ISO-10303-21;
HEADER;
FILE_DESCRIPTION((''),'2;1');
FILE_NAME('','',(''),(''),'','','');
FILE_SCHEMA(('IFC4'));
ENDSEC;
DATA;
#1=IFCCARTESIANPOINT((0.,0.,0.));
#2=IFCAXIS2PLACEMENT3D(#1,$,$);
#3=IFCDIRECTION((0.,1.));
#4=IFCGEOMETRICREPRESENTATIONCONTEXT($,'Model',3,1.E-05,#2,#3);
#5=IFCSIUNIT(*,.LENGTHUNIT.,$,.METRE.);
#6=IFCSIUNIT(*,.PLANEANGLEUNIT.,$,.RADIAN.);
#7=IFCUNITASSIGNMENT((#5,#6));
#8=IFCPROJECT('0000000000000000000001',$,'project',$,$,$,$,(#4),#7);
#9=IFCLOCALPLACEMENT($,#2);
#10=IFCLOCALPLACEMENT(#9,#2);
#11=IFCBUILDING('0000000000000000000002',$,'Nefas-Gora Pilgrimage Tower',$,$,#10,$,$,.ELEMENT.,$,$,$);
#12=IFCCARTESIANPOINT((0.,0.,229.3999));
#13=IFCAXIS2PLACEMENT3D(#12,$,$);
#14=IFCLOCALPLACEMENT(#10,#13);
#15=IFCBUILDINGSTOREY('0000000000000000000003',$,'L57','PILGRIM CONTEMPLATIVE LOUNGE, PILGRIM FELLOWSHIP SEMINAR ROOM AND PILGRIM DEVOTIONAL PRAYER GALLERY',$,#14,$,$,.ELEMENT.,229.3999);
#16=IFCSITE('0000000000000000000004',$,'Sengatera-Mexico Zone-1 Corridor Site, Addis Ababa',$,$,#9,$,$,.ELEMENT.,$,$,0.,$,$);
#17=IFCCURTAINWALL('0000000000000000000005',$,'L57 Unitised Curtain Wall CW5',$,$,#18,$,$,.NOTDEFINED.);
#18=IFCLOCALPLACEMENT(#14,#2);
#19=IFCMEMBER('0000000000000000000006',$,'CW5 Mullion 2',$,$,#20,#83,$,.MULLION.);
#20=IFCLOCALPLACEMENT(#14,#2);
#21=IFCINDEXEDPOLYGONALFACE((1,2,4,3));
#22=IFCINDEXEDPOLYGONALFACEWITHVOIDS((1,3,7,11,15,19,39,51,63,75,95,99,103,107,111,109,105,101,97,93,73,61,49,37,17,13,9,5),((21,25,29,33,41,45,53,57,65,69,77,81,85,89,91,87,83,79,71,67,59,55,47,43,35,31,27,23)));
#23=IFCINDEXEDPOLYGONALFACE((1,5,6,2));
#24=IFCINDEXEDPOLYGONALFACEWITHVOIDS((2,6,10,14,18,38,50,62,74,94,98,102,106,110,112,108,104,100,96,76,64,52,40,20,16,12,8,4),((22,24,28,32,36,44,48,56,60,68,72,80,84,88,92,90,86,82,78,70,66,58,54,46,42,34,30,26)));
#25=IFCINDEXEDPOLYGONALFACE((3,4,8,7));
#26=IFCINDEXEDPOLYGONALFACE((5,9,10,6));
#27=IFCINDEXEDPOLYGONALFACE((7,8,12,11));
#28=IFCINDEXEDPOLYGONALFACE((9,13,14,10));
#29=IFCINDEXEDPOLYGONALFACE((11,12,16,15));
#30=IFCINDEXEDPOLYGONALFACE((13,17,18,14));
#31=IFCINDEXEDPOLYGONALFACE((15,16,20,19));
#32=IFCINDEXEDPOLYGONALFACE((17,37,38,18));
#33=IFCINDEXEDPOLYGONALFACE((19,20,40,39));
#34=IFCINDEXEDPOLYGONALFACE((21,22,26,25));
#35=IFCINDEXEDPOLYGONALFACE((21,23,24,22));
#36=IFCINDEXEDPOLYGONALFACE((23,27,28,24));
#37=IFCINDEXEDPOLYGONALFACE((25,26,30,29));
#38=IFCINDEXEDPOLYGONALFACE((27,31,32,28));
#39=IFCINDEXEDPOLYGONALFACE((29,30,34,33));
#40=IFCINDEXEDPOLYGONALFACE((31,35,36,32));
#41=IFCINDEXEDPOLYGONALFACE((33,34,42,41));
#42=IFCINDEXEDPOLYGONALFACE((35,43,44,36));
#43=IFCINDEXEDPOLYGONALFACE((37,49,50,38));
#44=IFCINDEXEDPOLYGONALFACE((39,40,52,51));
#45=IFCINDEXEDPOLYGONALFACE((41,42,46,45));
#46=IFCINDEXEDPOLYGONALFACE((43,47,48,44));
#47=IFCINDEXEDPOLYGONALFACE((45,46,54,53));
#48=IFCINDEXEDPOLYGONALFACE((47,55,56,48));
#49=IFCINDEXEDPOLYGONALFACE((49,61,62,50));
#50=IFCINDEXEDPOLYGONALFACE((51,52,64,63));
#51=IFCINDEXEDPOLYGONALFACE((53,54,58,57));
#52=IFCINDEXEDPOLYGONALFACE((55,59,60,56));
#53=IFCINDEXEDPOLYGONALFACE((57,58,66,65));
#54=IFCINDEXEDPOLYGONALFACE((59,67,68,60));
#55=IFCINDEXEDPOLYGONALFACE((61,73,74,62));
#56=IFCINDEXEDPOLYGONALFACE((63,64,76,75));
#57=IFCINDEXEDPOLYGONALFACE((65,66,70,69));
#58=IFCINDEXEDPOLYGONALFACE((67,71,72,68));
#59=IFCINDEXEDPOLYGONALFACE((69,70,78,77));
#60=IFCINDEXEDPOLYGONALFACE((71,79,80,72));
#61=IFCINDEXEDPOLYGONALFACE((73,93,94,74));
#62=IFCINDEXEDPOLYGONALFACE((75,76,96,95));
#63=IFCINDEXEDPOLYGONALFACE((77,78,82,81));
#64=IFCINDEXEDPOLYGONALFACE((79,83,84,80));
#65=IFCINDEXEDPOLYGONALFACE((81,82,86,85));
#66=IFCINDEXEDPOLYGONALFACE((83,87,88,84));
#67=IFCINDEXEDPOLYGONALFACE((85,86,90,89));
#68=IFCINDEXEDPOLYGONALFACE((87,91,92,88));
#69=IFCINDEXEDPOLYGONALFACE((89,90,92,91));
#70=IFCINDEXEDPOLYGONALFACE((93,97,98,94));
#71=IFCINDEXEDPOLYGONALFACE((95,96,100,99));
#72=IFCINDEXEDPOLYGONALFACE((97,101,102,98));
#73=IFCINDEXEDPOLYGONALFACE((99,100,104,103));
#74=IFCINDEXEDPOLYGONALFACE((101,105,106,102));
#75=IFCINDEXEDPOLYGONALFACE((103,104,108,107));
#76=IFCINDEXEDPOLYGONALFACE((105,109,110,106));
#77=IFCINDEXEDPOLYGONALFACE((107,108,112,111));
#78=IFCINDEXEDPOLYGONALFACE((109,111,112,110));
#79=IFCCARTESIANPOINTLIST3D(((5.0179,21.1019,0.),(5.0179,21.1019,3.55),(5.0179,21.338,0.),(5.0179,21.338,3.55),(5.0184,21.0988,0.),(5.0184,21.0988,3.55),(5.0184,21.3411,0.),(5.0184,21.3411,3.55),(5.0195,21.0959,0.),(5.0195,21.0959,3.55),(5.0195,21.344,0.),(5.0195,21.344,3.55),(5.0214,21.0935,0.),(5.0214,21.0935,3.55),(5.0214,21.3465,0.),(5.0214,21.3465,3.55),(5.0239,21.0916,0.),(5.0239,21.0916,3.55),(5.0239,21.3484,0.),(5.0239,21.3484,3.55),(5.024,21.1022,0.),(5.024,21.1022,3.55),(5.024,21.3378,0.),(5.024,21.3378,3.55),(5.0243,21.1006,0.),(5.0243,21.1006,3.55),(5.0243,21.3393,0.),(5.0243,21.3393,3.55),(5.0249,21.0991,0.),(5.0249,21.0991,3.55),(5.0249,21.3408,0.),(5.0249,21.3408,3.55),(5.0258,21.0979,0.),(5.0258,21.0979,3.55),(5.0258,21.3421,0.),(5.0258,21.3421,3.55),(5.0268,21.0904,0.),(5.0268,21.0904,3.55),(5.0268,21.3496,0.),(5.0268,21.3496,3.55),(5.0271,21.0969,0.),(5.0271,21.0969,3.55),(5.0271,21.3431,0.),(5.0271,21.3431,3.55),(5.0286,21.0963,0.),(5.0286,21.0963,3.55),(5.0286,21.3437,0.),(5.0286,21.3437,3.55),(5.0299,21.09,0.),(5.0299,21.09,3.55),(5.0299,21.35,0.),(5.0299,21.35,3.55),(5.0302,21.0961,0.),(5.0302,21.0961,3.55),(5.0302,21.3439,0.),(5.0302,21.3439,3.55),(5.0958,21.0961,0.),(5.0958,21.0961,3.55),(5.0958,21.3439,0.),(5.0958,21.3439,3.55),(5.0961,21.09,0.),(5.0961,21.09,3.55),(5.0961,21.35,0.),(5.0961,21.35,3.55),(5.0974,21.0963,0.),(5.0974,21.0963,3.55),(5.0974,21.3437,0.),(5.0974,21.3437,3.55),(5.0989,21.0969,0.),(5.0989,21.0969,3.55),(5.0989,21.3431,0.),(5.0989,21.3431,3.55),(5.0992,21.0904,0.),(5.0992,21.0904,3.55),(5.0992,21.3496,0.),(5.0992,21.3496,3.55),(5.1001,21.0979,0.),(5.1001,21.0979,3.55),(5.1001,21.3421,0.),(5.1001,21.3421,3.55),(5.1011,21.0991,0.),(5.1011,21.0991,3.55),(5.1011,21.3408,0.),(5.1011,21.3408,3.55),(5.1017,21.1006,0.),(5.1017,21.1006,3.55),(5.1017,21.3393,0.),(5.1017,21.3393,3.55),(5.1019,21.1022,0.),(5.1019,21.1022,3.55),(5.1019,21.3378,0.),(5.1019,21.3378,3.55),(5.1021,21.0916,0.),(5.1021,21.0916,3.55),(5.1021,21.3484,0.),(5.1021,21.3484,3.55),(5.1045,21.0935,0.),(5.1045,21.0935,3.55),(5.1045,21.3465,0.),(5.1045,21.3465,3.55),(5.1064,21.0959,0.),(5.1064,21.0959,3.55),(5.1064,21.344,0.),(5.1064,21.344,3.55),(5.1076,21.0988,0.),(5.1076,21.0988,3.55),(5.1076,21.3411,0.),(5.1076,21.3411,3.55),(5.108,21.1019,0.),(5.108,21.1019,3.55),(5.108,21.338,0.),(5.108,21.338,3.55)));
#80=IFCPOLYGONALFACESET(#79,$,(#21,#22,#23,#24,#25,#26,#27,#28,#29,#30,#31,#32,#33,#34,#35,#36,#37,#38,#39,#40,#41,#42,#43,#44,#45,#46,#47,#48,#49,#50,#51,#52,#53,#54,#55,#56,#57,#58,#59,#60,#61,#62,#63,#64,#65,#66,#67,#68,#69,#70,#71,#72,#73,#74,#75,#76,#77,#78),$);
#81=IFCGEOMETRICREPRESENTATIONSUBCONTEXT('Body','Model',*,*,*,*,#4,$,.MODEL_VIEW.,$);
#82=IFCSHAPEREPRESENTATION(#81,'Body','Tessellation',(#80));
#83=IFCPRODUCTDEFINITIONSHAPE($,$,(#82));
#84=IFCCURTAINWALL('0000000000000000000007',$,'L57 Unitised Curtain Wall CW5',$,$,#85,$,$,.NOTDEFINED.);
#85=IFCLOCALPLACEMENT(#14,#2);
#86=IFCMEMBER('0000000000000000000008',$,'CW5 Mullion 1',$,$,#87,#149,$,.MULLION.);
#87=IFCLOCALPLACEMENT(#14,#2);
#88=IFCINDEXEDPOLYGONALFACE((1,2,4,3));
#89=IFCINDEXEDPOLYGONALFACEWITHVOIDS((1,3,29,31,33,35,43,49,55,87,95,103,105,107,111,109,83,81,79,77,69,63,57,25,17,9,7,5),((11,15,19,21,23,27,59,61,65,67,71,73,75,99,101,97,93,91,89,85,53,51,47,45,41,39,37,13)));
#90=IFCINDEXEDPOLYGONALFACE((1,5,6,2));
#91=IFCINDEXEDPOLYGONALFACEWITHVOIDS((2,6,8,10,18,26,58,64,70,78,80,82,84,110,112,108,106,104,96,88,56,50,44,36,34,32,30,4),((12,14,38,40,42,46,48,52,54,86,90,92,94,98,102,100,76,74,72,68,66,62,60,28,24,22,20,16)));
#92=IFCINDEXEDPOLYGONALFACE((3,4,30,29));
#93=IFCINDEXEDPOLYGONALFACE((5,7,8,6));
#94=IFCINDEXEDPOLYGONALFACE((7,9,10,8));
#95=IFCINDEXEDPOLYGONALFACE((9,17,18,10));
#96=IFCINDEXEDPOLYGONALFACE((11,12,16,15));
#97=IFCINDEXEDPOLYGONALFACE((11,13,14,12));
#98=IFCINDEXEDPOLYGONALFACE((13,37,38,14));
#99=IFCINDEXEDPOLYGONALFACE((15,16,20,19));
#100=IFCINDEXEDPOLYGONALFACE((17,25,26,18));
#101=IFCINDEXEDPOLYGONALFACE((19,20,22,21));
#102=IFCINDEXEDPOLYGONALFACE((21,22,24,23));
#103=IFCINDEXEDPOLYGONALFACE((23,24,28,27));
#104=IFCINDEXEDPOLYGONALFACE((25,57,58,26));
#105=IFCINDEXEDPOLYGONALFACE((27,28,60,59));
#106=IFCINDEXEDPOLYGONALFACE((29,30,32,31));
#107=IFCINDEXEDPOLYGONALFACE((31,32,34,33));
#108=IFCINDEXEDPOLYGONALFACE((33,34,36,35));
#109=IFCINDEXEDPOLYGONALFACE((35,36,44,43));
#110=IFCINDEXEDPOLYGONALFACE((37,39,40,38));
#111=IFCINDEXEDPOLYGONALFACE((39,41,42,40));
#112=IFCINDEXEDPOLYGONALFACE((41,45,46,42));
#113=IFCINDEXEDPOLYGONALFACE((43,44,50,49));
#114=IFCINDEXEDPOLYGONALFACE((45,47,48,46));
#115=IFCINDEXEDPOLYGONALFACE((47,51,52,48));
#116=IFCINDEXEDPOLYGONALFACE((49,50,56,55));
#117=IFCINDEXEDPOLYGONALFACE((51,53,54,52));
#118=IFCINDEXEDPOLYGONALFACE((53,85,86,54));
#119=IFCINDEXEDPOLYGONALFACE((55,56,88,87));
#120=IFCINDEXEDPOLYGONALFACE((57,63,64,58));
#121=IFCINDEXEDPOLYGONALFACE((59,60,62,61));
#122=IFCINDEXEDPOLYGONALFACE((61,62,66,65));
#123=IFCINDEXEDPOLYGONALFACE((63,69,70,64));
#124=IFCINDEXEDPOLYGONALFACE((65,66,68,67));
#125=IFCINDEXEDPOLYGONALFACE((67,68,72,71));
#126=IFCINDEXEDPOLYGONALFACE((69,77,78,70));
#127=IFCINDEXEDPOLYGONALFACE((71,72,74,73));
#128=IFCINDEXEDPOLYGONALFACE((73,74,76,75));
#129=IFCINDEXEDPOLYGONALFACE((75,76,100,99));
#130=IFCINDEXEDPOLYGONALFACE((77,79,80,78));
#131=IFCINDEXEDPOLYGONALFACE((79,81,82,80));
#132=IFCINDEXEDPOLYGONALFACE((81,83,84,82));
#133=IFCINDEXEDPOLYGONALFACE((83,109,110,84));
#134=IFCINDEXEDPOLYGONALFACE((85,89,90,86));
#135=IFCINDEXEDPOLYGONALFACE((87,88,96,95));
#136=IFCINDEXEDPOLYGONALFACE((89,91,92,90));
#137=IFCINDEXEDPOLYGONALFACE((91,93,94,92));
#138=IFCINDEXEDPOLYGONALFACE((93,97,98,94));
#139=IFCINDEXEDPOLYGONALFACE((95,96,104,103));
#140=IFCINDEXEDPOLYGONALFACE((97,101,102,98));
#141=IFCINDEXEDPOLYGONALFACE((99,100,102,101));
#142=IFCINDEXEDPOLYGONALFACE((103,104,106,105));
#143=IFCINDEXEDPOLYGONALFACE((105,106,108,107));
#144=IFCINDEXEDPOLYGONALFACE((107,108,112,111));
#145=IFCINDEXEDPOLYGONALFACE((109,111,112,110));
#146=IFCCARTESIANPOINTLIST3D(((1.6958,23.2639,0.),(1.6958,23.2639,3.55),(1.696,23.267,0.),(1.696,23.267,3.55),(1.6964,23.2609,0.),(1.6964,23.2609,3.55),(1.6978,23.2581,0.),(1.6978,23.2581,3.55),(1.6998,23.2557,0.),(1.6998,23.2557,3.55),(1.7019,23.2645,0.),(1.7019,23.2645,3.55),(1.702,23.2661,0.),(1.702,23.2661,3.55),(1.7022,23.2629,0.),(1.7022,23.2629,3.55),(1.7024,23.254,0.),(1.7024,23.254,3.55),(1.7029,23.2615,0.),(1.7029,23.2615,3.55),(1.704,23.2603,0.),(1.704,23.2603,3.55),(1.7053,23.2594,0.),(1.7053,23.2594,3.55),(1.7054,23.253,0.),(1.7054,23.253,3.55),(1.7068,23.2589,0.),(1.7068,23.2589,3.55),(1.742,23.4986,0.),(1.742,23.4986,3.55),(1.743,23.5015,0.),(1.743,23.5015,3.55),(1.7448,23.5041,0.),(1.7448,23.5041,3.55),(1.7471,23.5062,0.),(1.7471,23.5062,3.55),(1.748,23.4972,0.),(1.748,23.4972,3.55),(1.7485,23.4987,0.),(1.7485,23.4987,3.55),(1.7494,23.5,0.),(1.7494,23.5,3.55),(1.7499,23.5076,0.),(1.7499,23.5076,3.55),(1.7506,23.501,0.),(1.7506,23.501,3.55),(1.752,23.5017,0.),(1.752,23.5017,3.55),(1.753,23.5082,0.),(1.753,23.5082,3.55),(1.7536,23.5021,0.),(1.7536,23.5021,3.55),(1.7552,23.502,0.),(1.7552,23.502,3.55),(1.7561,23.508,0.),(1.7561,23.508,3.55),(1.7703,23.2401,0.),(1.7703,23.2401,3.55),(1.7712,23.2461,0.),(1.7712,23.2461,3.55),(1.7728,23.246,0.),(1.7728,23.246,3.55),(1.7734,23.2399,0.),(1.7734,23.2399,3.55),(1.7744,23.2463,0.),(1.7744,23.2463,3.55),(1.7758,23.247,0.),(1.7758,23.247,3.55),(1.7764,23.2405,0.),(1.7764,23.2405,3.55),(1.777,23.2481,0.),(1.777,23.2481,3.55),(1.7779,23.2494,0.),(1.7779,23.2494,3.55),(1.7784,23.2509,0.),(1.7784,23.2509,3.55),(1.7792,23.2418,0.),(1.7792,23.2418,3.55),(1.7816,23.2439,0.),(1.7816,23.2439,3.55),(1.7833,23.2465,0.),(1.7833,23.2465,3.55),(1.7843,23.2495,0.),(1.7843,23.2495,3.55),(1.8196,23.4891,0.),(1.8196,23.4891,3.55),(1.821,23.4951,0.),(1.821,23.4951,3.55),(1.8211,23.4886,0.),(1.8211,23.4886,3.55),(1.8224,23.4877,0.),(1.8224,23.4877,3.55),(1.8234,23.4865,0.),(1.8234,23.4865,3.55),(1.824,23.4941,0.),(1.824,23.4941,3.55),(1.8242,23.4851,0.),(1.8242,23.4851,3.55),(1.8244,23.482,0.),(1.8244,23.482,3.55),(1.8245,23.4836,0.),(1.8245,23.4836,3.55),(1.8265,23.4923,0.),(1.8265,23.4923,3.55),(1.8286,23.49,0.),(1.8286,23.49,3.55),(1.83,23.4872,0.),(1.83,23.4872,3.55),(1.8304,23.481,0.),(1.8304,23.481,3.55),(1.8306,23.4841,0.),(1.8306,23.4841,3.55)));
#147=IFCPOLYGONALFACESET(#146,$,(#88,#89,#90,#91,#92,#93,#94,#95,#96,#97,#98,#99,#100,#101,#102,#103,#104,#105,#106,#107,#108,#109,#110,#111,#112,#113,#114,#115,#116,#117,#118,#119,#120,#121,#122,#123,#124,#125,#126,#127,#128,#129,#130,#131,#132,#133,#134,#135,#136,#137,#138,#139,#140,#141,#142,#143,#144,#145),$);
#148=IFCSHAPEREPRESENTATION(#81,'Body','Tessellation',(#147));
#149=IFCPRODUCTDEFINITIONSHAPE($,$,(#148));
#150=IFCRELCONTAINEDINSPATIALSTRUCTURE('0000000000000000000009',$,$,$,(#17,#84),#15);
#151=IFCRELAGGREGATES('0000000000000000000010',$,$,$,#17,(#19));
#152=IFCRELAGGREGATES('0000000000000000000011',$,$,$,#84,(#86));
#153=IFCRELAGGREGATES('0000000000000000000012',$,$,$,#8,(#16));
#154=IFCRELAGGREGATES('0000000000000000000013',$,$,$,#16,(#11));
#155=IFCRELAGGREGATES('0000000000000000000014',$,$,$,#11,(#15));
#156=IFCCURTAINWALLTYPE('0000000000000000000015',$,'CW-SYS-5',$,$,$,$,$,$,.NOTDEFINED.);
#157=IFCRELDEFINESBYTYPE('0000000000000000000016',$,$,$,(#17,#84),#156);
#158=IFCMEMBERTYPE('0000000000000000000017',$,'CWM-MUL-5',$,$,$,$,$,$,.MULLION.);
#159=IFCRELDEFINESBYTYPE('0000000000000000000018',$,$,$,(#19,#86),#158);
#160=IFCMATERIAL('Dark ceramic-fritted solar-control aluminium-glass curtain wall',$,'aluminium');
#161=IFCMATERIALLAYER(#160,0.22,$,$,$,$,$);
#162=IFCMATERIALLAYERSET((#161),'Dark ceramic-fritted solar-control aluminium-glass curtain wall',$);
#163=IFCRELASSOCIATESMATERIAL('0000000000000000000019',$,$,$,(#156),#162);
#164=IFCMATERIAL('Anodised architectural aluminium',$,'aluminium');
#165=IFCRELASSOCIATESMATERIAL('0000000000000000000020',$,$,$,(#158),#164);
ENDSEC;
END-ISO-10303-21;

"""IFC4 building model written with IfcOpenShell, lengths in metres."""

from ifc_helpers import new_model, si_unit, direction, frame, origin, origin_2d, place, context, subcontext, project, spatial, hollow_rectangle, extrude, source, transform, mapped, material, layer, layer_set, material_profile, profile_set, type_object, element, aggregate, save


model = new_model("IFC4")

# Units and contexts
model_context = context("Model", 3, precision=1e-05, world=origin(), true_north=direction((0.0, 1.0)))
body_context = subcontext(model_context, "Body", "Model", "MODEL_VIEW")
ifc_project = project(units=[si_unit("LENGTHUNIT", "METRE"), si_unit("PLANEANGLEUNIT", "RADIAN")], contexts=[model_context])

# Site, building, storey
site_placement = place(None, origin())
site = spatial("IfcSite", under=ifc_project, at=site_placement, Name="Sengatera-Mexico Zone-1 Corridor Site, Addis Ababa", CompositionType="ELEMENT", RefElevation=0.0)
building_placement = place(site_placement, origin())
building = spatial("IfcBuilding", under=site, at=building_placement, Name="Nefas-Gora Pilgrimage Tower", CompositionType="ELEMENT")
storey_placement = place(building_placement, frame((0.0, 0.0, 229.3999)))
storey = spatial("IfcBuildingStorey", under=building, at=storey_placement, Name="L57", Description="PILGRIM CONTEMPLATIVE LOUNGE, PILGRIM FELLOWSHIP SEMINAR ROOM AND PILGRIM DEVOTIONAL PRAYER GALLERY", CompositionType="ELEMENT", Elevation=229.3999)

# Curtain wall, member
ifc_material_1 = material(Name="Dark ceramic-fritted solar-control aluminium-glass curtain wall", Category="aluminium")
ifc_layer_1 = layer(ifc_material_1, 0.22)
ifc_layer_set_1 = layer_set([ifc_layer_1], Name="Dark ceramic-fritted solar-control aluminium-glass curtain wall")
curtain_wall_type_1 = type_object("IfcCurtainWallType", Name="CW-SYS-5", PredefinedType="NOTDEFINED", material=ifc_layer_set_1)
curtain_wall_1_placement = place(storey_placement, origin())
curtain_wall_1 = element("IfcCurtainWall", 1, at=curtain_wall_1_placement, inside=storey, type_object=curtain_wall_type_1, Name="L57 Unitised Curtain Wall CW5", PredefinedType="NOTDEFINED")
ifc_material_2 = material(Name="Anodised architectural aluminium", Category="aluminium")
ifc_material_profile_1 = material_profile(ifc_material_2, hollow_rectangle(XDim=0.0901, YDim=0.26, WallThickness=0.0061, InnerFilletRadius=0.0061, OuterFilletRadius=0.012, at=origin_2d()), Name="ALU MULLION 90x260")
ifc_profile_set_1 = profile_set([ifc_material_profile_1], Name="Anodised architectural aluminium")
member_type_1 = type_object("IfcMemberType", Name="CWM-MUL-5", PredefinedType="MULLION", material=ifc_profile_set_1)
shared_shape_1 = source(origin(), body_context, "Body", "SweptSolid", [
    extrude(hollow_rectangle(XDim=0.0901, YDim=0.26, WallThickness=0.0061, InnerFilletRadius=0.0061, OuterFilletRadius=0.012, at=origin_2d()), origin(), (0.0, 0.0, 1.0), 3.55),
])
member_1_placement = place(storey_placement, frame((5.063, 21.22, 0.0), z_axis=(0.0, 0.0, 1.0), x_axis=(-1.0, 0.0, 0.0)))
member_1 = element("IfcMember", 2, at=member_1_placement, type_object=member_type_1, Name="CW5 Mullion 2", PredefinedType="MULLION", context=body_context, shape_type="MappedRepresentation", body=[
    mapped(shared_shape_1, transform((0.0, 0.0, 0.0), x_axis=(1.0, 0.0, 0.0), y_axis=(0.0, 1.0, 0.0), z_axis=(0.0, 0.0, 1.0), scale=1.0)),
])

# Curtain wall, member
curtain_wall_2_placement = place(storey_placement, origin())
curtain_wall_2 = element("IfcCurtainWall", 3, at=curtain_wall_2_placement, inside=storey, type_object=curtain_wall_type_1, Name="L57 Unitised Curtain Wall CW5", PredefinedType="NOTDEFINED")
member_2_placement = place(storey_placement, frame((1.7632, 23.374, 0.0), z_axis=(0.0, 0.0, 1.0), x_axis=(-0.980783, 0.195102, 0.0)))
member_2 = element("IfcMember", 4, at=member_2_placement, type_object=member_type_1, Name="CW5 Mullion 1", PredefinedType="MULLION", context=body_context, shape_type="MappedRepresentation", body=[
    mapped(shared_shape_1, transform((0.0, 0.0, 0.0), x_axis=(1.0, 0.0, 0.0), y_axis=(0.0, 1.0, 0.0), z_axis=(0.0, 0.0, 1.0), scale=1.0)),
])

aggregate(curtain_wall_1, [member_1])
aggregate(curtain_wall_2, [member_2])

save(model, "model.ifc")
